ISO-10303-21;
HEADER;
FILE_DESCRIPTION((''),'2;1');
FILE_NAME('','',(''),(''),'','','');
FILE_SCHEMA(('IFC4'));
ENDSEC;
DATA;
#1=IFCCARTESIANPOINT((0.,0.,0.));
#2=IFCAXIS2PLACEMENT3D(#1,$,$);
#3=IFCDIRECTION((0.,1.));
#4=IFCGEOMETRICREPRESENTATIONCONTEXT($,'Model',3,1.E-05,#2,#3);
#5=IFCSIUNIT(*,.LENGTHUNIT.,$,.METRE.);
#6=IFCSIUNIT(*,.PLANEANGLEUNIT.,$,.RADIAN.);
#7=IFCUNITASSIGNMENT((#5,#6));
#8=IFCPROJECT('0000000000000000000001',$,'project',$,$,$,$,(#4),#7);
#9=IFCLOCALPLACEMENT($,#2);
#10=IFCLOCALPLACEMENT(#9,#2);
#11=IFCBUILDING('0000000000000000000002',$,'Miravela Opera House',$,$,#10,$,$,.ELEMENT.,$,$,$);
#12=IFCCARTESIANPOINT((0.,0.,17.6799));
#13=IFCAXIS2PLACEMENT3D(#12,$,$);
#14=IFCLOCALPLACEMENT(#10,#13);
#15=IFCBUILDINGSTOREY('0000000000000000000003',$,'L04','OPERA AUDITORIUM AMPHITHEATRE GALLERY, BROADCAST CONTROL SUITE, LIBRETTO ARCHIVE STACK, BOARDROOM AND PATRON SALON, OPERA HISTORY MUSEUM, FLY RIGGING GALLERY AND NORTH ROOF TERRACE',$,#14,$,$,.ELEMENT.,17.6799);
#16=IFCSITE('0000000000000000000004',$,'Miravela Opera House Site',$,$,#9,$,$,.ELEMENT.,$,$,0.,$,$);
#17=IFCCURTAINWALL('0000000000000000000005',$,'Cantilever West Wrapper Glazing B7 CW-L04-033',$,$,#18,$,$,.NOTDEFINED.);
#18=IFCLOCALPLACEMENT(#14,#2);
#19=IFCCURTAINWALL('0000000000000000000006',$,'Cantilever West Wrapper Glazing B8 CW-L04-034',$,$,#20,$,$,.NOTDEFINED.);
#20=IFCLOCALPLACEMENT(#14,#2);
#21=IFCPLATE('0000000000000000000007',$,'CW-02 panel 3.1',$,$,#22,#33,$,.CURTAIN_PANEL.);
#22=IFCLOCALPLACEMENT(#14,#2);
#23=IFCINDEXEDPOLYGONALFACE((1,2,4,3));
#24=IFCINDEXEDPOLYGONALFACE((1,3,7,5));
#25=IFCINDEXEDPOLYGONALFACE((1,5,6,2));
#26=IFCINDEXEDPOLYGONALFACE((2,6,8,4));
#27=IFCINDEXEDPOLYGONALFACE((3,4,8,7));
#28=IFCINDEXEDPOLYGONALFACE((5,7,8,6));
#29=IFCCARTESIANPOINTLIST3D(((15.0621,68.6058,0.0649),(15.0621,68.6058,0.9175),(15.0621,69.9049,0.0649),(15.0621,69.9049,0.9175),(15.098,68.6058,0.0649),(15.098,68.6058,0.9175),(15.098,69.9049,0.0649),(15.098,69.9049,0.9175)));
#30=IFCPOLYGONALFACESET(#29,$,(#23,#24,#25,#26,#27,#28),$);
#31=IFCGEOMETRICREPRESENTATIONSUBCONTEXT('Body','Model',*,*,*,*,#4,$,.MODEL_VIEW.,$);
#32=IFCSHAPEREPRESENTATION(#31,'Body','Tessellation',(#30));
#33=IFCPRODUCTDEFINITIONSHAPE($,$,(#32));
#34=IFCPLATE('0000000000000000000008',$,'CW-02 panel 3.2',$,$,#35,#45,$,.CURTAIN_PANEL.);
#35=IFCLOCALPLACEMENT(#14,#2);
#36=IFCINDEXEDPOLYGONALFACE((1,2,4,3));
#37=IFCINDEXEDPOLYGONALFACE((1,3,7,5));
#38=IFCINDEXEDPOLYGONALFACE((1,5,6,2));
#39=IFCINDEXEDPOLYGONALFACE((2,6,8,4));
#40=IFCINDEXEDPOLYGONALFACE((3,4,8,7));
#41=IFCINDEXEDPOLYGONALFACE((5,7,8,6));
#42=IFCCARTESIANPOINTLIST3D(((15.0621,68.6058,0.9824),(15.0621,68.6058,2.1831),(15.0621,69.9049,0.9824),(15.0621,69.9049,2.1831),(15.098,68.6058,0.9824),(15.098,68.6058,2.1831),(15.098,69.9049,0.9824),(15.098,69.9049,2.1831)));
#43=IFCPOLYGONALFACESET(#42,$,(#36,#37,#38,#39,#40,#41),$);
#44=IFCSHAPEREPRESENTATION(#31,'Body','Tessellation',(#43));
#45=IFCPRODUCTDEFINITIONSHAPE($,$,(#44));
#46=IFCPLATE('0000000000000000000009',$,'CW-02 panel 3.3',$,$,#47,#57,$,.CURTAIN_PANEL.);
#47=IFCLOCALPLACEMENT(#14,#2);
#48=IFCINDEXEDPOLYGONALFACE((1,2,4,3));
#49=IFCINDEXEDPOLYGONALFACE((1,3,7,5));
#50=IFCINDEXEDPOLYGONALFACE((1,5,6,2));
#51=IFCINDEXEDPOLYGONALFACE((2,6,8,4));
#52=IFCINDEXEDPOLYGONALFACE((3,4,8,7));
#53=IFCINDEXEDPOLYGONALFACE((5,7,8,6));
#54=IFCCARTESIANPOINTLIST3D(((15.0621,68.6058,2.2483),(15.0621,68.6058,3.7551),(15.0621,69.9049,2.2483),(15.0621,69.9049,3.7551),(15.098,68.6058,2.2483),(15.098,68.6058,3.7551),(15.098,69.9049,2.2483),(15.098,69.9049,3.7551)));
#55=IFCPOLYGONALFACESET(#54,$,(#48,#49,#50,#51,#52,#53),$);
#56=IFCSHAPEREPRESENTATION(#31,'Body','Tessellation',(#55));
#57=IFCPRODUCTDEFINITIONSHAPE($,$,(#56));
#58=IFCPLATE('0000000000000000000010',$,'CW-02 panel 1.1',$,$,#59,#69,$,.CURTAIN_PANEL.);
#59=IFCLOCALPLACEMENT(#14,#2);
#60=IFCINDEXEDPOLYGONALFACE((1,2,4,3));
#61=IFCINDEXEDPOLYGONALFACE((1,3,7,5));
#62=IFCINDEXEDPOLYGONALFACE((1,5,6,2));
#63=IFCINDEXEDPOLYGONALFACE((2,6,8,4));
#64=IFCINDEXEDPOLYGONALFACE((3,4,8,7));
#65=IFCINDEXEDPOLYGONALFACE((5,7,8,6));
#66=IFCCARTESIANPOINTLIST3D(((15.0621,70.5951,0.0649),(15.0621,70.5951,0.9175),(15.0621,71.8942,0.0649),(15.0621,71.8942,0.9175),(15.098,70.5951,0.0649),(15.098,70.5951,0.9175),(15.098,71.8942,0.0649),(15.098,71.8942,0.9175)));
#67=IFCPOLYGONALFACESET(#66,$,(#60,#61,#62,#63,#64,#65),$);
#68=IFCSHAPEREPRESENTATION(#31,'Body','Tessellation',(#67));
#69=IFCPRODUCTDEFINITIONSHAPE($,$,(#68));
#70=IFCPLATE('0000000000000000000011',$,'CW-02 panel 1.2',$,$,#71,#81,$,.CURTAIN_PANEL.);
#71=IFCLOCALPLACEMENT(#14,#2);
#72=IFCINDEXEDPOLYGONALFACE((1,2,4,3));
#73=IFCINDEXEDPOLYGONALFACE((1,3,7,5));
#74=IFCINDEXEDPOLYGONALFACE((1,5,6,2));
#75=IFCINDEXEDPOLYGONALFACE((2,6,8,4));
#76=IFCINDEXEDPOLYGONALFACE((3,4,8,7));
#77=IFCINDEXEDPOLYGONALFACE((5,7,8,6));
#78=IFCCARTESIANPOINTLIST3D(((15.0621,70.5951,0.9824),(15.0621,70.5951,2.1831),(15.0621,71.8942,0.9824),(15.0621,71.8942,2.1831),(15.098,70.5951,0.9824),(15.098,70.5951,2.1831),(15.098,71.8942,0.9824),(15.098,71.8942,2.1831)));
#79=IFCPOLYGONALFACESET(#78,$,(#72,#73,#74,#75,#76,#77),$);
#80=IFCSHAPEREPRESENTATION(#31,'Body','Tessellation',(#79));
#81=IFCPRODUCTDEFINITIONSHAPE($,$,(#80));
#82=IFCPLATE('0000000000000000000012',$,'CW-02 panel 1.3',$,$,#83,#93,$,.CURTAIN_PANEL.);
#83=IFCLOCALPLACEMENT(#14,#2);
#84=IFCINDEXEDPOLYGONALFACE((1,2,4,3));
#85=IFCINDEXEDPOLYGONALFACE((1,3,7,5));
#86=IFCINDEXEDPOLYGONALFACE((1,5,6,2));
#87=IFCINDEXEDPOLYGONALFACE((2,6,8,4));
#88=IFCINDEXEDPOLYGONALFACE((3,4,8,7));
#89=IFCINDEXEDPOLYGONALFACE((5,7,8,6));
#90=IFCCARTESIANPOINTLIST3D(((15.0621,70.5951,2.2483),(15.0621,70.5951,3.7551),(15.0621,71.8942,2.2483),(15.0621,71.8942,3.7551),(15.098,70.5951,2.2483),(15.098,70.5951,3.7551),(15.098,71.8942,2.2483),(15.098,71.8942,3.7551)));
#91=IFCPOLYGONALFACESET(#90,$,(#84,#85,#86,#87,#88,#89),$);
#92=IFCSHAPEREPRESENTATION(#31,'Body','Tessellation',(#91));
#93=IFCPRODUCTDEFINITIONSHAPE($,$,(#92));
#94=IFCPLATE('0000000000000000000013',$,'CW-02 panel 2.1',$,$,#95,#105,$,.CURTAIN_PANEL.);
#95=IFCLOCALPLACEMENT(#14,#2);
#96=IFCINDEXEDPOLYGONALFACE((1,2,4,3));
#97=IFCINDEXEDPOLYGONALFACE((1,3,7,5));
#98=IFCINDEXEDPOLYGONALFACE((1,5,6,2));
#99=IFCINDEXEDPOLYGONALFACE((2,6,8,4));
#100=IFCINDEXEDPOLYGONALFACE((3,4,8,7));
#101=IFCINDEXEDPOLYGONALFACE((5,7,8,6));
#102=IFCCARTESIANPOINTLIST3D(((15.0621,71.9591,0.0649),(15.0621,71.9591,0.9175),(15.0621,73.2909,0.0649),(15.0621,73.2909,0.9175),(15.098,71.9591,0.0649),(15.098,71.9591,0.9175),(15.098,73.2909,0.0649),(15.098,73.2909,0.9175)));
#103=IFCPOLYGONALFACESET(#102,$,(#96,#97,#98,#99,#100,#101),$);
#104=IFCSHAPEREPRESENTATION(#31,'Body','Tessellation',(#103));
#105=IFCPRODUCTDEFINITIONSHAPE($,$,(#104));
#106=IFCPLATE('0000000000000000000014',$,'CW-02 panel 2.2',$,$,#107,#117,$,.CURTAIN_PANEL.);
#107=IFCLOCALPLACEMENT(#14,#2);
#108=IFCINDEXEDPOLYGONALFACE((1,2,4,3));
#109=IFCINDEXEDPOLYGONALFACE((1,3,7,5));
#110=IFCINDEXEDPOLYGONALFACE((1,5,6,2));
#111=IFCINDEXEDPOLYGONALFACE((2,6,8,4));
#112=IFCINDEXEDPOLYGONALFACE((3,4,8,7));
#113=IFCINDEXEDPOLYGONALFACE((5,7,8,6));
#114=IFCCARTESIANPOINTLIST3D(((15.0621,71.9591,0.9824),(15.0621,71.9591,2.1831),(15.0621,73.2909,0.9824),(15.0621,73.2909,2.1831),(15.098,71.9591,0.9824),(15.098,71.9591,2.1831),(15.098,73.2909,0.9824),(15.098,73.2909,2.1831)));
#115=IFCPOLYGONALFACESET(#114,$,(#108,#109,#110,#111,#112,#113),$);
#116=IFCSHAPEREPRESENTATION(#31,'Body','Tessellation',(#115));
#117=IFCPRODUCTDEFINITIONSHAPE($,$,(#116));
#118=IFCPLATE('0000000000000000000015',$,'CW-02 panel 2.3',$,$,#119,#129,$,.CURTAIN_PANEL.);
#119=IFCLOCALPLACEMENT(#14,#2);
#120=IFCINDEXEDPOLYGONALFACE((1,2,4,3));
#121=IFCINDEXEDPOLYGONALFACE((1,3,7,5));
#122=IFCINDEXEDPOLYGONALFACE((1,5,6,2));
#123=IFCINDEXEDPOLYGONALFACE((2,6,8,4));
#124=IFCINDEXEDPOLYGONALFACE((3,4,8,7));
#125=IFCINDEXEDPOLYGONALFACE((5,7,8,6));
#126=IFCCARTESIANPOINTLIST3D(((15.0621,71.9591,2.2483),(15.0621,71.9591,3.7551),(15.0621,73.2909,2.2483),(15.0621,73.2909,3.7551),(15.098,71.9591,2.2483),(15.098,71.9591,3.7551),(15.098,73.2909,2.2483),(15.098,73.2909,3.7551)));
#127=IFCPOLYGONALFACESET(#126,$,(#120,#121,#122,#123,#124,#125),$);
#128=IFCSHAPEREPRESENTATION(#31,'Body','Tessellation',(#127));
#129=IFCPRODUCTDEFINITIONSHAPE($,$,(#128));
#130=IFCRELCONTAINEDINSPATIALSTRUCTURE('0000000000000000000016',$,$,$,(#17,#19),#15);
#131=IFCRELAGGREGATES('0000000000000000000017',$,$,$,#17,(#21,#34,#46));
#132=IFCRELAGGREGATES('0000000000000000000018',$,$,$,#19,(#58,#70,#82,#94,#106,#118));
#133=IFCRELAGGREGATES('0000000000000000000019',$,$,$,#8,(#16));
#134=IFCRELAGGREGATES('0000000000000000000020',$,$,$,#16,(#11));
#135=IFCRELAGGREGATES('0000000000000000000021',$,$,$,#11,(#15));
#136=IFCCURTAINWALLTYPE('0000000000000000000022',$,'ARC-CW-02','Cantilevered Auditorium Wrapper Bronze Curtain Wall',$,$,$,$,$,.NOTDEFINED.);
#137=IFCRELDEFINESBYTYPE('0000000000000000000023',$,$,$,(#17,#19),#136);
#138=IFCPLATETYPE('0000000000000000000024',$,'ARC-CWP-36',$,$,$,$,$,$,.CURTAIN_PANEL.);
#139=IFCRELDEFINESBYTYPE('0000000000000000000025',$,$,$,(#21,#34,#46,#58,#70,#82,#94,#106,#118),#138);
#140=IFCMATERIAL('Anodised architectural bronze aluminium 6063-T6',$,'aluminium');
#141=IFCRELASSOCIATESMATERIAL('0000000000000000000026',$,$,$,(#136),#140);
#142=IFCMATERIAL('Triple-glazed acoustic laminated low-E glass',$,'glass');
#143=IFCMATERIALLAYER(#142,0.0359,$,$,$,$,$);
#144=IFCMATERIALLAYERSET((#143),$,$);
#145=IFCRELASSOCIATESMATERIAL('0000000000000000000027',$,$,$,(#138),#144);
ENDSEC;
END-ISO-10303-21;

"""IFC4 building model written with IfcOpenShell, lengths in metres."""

from ifc_helpers import new_model, si_unit, direction, frame, origin, origin_2d, place, context, subcontext, project, spatial, rectangle, extrude, material, layer, layer_set, type_object, element, aggregate, save


model = new_model("IFC4")

# Units and contexts
model_context = context("Model", 3, precision=1e-05, world=origin(), true_north=direction((0.0, 1.0)))
body_context = subcontext(model_context, "Body", "Model", "MODEL_VIEW")
ifc_project = project(units=[si_unit("LENGTHUNIT", "METRE"), si_unit("PLANEANGLEUNIT", "RADIAN")], contexts=[model_context])

# Site, building, storey
site_placement = place(None, origin())
site = spatial("IfcSite", under=ifc_project, at=site_placement, Name="Miravela Opera House Site", CompositionType="ELEMENT", RefElevation=0.0)
building_placement = place(site_placement, origin())
building = spatial("IfcBuilding", under=site, at=building_placement, Name="Miravela Opera House", CompositionType="ELEMENT")
storey_placement = place(building_placement, frame((0.0, 0.0, 17.6799)))
storey = spatial("IfcBuildingStorey", under=building, at=storey_placement, Name="L04", Description="OPERA AUDITORIUM AMPHITHEATRE GALLERY, BROADCAST CONTROL SUITE, LIBRETTO ARCHIVE STACK, BOARDROOM AND PATRON SALON, OPERA HISTORY MUSEUM, FLY RIGGING GALLERY AND NORTH ROOF TERRACE", CompositionType="ELEMENT", Elevation=17.6799)

# Curtain wall
ifc_material_1 = material(Name="Anodised architectural bronze aluminium 6063-T6", Category="aluminium")
curtain_wall_type = type_object("IfcCurtainWallType", Name="ARC-CW-02", Description="Cantilevered Auditorium Wrapper Bronze Curtain Wall", PredefinedType="NOTDEFINED", material=ifc_material_1)
curtain_wall_1_placement = place(storey_placement, origin())
curtain_wall_1 = element("IfcCurtainWall", 1, at=curtain_wall_1_placement, inside=storey, type_object=curtain_wall_type, Name="Cantilever West Wrapper Glazing B7 CW-L04-033", PredefinedType="NOTDEFINED")

# Curtain wall
curtain_wall_2_placement = place(storey_placement, origin())
curtain_wall_2 = element("IfcCurtainWall", 2, at=curtain_wall_2_placement, inside=storey, type_object=curtain_wall_type, Name="Cantilever West Wrapper Glazing B8 CW-L04-034", PredefinedType="NOTDEFINED")

# Plates
ifc_material_2 = material(Name="Triple-glazed acoustic laminated low-E glass", Category="glass")
ifc_layer = layer(ifc_material_2, 0.0359)
ifc_layer_set = layer_set([ifc_layer])
plate_type = type_object("IfcPlateType", Name="ARC-CWP-36", PredefinedType="CURTAIN_PANEL", material=ifc_layer_set)
plate_1_placement = place(storey_placement, frame((15.0801, 69.2554, 0.0649), z_axis=(0.0, 0.0, 1.0), x_axis=(0.0, 1.0, 0.0)))
plate_1 = element("IfcPlate", 3, at=plate_1_placement, type_object=plate_type, Name="CW-02 panel 3.1", PredefinedType="CURTAIN_PANEL", context=body_context, shape_type="SweptSolid", body=[
    extrude(rectangle(XDim=1.2991, YDim=0.0359, at=origin_2d()), origin(), (0.0, 0.0, 1.0), 0.8525),
])
plate_2_placement = place(storey_placement, frame((15.0801, 69.2554, 0.9824), z_axis=(0.0, 0.0, 1.0), x_axis=(0.0, 1.0, 0.0)))
plate_2 = element("IfcPlate", 4, at=plate_2_placement, type_object=plate_type, Name="CW-02 panel 3.2", PredefinedType="CURTAIN_PANEL", context=body_context, shape_type="SweptSolid", body=[
    extrude(rectangle(XDim=1.2991, YDim=0.0359, at=origin_2d()), origin(), (0.0, 0.0, 1.0), 1.2007),
])
plate_3_placement = place(storey_placement, frame((15.0801, 69.2554, 2.2483), z_axis=(0.0, 0.0, 1.0), x_axis=(0.0, 1.0, 0.0)))
plate_3 = element("IfcPlate", 5, at=plate_3_placement, type_object=plate_type, Name="CW-02 panel 3.3", PredefinedType="CURTAIN_PANEL", context=body_context, shape_type="SweptSolid", body=[
    extrude(rectangle(XDim=1.2991, YDim=0.0359, at=origin_2d()), origin(), (0.0, 0.0, 1.0), 1.5068),
])
aggregate(curtain_wall_1, [plate_1, plate_2, plate_3])
plate_4_placement = place(storey_placement, frame((15.0801, 71.2446, 0.0649), z_axis=(0.0, 0.0, 1.0), x_axis=(0.0, 1.0, 0.0)))
plate_4 = element("IfcPlate", 6, at=plate_4_placement, type_object=plate_type, Name="CW-02 panel 1.1", PredefinedType="CURTAIN_PANEL", context=body_context, shape_type="SweptSolid", body=[
    extrude(rectangle(XDim=1.2991, YDim=0.0359, at=origin_2d()), origin(), (0.0, 0.0, 1.0), 0.8525),
])
plate_5_placement = place(storey_placement, frame((15.0801, 71.2446, 0.9824), z_axis=(0.0, 0.0, 1.0), x_axis=(0.0, 1.0, 0.0)))
plate_5 = element("IfcPlate", 7, at=plate_5_placement, type_object=plate_type, Name="CW-02 panel 1.2", PredefinedType="CURTAIN_PANEL", context=body_context, shape_type="SweptSolid", body=[
    extrude(rectangle(XDim=1.2991, YDim=0.0359, at=origin_2d()), origin(), (0.0, 0.0, 1.0), 1.2007),
])
plate_6_placement = place(storey_placement, frame((15.0801, 71.2446, 2.2483), z_axis=(0.0, 0.0, 1.0), x_axis=(0.0, 1.0, 0.0)))
plate_6 = element("IfcPlate", 8, at=plate_6_placement, type_object=plate_type, Name="CW-02 panel 1.3", PredefinedType="CURTAIN_PANEL", context=body_context, shape_type="SweptSolid", body=[
    extrude(rectangle(XDim=1.2991, YDim=0.0359, at=origin_2d()), origin(), (0.0, 0.0, 1.0), 1.5068),
])
plate_7_placement = place(storey_placement, frame((15.0801, 72.625, 0.0649), z_axis=(0.0, 0.0, 1.0), x_axis=(0.0, 1.0, 0.0)))
plate_7 = element("IfcPlate", 9, at=plate_7_placement, type_object=plate_type, Name="CW-02 panel 2.1", PredefinedType="CURTAIN_PANEL", context=body_context, shape_type="SweptSolid", body=[
    extrude(rectangle(XDim=1.3318, YDim=0.0359, at=origin_2d()), origin(), (0.0, 0.0, 1.0), 0.8525),
])
plate_8_placement = place(storey_placement, frame((15.0801, 72.625, 0.9824), z_axis=(0.0, 0.0, 1.0), x_axis=(0.0, 1.0, 0.0)))
plate_8 = element("IfcPlate", 10, at=plate_8_placement, type_object=plate_type, Name="CW-02 panel 2.2", PredefinedType="CURTAIN_PANEL", context=body_context, shape_type="SweptSolid", body=[
    extrude(rectangle(XDim=1.3318, YDim=0.0359, at=origin_2d()), origin(), (0.0, 0.0, 1.0), 1.2007),
])
plate_9_placement = place(storey_placement, frame((15.0801, 72.625, 2.2483), z_axis=(0.0, 0.0, 1.0), x_axis=(0.0, 1.0, 0.0)))
plate_9 = element("IfcPlate", 11, at=plate_9_placement, type_object=plate_type, Name="CW-02 panel 2.3", PredefinedType="CURTAIN_PANEL", context=body_context, shape_type="SweptSolid", body=[
    extrude(rectangle(XDim=1.3318, YDim=0.0359, at=origin_2d()), origin(), (0.0, 0.0, 1.0), 1.5068),
])
aggregate(curtain_wall_2, [plate_4, plate_5, plate_6, plate_7, plate_8, plate_9])

save(model, "model.ifc")
